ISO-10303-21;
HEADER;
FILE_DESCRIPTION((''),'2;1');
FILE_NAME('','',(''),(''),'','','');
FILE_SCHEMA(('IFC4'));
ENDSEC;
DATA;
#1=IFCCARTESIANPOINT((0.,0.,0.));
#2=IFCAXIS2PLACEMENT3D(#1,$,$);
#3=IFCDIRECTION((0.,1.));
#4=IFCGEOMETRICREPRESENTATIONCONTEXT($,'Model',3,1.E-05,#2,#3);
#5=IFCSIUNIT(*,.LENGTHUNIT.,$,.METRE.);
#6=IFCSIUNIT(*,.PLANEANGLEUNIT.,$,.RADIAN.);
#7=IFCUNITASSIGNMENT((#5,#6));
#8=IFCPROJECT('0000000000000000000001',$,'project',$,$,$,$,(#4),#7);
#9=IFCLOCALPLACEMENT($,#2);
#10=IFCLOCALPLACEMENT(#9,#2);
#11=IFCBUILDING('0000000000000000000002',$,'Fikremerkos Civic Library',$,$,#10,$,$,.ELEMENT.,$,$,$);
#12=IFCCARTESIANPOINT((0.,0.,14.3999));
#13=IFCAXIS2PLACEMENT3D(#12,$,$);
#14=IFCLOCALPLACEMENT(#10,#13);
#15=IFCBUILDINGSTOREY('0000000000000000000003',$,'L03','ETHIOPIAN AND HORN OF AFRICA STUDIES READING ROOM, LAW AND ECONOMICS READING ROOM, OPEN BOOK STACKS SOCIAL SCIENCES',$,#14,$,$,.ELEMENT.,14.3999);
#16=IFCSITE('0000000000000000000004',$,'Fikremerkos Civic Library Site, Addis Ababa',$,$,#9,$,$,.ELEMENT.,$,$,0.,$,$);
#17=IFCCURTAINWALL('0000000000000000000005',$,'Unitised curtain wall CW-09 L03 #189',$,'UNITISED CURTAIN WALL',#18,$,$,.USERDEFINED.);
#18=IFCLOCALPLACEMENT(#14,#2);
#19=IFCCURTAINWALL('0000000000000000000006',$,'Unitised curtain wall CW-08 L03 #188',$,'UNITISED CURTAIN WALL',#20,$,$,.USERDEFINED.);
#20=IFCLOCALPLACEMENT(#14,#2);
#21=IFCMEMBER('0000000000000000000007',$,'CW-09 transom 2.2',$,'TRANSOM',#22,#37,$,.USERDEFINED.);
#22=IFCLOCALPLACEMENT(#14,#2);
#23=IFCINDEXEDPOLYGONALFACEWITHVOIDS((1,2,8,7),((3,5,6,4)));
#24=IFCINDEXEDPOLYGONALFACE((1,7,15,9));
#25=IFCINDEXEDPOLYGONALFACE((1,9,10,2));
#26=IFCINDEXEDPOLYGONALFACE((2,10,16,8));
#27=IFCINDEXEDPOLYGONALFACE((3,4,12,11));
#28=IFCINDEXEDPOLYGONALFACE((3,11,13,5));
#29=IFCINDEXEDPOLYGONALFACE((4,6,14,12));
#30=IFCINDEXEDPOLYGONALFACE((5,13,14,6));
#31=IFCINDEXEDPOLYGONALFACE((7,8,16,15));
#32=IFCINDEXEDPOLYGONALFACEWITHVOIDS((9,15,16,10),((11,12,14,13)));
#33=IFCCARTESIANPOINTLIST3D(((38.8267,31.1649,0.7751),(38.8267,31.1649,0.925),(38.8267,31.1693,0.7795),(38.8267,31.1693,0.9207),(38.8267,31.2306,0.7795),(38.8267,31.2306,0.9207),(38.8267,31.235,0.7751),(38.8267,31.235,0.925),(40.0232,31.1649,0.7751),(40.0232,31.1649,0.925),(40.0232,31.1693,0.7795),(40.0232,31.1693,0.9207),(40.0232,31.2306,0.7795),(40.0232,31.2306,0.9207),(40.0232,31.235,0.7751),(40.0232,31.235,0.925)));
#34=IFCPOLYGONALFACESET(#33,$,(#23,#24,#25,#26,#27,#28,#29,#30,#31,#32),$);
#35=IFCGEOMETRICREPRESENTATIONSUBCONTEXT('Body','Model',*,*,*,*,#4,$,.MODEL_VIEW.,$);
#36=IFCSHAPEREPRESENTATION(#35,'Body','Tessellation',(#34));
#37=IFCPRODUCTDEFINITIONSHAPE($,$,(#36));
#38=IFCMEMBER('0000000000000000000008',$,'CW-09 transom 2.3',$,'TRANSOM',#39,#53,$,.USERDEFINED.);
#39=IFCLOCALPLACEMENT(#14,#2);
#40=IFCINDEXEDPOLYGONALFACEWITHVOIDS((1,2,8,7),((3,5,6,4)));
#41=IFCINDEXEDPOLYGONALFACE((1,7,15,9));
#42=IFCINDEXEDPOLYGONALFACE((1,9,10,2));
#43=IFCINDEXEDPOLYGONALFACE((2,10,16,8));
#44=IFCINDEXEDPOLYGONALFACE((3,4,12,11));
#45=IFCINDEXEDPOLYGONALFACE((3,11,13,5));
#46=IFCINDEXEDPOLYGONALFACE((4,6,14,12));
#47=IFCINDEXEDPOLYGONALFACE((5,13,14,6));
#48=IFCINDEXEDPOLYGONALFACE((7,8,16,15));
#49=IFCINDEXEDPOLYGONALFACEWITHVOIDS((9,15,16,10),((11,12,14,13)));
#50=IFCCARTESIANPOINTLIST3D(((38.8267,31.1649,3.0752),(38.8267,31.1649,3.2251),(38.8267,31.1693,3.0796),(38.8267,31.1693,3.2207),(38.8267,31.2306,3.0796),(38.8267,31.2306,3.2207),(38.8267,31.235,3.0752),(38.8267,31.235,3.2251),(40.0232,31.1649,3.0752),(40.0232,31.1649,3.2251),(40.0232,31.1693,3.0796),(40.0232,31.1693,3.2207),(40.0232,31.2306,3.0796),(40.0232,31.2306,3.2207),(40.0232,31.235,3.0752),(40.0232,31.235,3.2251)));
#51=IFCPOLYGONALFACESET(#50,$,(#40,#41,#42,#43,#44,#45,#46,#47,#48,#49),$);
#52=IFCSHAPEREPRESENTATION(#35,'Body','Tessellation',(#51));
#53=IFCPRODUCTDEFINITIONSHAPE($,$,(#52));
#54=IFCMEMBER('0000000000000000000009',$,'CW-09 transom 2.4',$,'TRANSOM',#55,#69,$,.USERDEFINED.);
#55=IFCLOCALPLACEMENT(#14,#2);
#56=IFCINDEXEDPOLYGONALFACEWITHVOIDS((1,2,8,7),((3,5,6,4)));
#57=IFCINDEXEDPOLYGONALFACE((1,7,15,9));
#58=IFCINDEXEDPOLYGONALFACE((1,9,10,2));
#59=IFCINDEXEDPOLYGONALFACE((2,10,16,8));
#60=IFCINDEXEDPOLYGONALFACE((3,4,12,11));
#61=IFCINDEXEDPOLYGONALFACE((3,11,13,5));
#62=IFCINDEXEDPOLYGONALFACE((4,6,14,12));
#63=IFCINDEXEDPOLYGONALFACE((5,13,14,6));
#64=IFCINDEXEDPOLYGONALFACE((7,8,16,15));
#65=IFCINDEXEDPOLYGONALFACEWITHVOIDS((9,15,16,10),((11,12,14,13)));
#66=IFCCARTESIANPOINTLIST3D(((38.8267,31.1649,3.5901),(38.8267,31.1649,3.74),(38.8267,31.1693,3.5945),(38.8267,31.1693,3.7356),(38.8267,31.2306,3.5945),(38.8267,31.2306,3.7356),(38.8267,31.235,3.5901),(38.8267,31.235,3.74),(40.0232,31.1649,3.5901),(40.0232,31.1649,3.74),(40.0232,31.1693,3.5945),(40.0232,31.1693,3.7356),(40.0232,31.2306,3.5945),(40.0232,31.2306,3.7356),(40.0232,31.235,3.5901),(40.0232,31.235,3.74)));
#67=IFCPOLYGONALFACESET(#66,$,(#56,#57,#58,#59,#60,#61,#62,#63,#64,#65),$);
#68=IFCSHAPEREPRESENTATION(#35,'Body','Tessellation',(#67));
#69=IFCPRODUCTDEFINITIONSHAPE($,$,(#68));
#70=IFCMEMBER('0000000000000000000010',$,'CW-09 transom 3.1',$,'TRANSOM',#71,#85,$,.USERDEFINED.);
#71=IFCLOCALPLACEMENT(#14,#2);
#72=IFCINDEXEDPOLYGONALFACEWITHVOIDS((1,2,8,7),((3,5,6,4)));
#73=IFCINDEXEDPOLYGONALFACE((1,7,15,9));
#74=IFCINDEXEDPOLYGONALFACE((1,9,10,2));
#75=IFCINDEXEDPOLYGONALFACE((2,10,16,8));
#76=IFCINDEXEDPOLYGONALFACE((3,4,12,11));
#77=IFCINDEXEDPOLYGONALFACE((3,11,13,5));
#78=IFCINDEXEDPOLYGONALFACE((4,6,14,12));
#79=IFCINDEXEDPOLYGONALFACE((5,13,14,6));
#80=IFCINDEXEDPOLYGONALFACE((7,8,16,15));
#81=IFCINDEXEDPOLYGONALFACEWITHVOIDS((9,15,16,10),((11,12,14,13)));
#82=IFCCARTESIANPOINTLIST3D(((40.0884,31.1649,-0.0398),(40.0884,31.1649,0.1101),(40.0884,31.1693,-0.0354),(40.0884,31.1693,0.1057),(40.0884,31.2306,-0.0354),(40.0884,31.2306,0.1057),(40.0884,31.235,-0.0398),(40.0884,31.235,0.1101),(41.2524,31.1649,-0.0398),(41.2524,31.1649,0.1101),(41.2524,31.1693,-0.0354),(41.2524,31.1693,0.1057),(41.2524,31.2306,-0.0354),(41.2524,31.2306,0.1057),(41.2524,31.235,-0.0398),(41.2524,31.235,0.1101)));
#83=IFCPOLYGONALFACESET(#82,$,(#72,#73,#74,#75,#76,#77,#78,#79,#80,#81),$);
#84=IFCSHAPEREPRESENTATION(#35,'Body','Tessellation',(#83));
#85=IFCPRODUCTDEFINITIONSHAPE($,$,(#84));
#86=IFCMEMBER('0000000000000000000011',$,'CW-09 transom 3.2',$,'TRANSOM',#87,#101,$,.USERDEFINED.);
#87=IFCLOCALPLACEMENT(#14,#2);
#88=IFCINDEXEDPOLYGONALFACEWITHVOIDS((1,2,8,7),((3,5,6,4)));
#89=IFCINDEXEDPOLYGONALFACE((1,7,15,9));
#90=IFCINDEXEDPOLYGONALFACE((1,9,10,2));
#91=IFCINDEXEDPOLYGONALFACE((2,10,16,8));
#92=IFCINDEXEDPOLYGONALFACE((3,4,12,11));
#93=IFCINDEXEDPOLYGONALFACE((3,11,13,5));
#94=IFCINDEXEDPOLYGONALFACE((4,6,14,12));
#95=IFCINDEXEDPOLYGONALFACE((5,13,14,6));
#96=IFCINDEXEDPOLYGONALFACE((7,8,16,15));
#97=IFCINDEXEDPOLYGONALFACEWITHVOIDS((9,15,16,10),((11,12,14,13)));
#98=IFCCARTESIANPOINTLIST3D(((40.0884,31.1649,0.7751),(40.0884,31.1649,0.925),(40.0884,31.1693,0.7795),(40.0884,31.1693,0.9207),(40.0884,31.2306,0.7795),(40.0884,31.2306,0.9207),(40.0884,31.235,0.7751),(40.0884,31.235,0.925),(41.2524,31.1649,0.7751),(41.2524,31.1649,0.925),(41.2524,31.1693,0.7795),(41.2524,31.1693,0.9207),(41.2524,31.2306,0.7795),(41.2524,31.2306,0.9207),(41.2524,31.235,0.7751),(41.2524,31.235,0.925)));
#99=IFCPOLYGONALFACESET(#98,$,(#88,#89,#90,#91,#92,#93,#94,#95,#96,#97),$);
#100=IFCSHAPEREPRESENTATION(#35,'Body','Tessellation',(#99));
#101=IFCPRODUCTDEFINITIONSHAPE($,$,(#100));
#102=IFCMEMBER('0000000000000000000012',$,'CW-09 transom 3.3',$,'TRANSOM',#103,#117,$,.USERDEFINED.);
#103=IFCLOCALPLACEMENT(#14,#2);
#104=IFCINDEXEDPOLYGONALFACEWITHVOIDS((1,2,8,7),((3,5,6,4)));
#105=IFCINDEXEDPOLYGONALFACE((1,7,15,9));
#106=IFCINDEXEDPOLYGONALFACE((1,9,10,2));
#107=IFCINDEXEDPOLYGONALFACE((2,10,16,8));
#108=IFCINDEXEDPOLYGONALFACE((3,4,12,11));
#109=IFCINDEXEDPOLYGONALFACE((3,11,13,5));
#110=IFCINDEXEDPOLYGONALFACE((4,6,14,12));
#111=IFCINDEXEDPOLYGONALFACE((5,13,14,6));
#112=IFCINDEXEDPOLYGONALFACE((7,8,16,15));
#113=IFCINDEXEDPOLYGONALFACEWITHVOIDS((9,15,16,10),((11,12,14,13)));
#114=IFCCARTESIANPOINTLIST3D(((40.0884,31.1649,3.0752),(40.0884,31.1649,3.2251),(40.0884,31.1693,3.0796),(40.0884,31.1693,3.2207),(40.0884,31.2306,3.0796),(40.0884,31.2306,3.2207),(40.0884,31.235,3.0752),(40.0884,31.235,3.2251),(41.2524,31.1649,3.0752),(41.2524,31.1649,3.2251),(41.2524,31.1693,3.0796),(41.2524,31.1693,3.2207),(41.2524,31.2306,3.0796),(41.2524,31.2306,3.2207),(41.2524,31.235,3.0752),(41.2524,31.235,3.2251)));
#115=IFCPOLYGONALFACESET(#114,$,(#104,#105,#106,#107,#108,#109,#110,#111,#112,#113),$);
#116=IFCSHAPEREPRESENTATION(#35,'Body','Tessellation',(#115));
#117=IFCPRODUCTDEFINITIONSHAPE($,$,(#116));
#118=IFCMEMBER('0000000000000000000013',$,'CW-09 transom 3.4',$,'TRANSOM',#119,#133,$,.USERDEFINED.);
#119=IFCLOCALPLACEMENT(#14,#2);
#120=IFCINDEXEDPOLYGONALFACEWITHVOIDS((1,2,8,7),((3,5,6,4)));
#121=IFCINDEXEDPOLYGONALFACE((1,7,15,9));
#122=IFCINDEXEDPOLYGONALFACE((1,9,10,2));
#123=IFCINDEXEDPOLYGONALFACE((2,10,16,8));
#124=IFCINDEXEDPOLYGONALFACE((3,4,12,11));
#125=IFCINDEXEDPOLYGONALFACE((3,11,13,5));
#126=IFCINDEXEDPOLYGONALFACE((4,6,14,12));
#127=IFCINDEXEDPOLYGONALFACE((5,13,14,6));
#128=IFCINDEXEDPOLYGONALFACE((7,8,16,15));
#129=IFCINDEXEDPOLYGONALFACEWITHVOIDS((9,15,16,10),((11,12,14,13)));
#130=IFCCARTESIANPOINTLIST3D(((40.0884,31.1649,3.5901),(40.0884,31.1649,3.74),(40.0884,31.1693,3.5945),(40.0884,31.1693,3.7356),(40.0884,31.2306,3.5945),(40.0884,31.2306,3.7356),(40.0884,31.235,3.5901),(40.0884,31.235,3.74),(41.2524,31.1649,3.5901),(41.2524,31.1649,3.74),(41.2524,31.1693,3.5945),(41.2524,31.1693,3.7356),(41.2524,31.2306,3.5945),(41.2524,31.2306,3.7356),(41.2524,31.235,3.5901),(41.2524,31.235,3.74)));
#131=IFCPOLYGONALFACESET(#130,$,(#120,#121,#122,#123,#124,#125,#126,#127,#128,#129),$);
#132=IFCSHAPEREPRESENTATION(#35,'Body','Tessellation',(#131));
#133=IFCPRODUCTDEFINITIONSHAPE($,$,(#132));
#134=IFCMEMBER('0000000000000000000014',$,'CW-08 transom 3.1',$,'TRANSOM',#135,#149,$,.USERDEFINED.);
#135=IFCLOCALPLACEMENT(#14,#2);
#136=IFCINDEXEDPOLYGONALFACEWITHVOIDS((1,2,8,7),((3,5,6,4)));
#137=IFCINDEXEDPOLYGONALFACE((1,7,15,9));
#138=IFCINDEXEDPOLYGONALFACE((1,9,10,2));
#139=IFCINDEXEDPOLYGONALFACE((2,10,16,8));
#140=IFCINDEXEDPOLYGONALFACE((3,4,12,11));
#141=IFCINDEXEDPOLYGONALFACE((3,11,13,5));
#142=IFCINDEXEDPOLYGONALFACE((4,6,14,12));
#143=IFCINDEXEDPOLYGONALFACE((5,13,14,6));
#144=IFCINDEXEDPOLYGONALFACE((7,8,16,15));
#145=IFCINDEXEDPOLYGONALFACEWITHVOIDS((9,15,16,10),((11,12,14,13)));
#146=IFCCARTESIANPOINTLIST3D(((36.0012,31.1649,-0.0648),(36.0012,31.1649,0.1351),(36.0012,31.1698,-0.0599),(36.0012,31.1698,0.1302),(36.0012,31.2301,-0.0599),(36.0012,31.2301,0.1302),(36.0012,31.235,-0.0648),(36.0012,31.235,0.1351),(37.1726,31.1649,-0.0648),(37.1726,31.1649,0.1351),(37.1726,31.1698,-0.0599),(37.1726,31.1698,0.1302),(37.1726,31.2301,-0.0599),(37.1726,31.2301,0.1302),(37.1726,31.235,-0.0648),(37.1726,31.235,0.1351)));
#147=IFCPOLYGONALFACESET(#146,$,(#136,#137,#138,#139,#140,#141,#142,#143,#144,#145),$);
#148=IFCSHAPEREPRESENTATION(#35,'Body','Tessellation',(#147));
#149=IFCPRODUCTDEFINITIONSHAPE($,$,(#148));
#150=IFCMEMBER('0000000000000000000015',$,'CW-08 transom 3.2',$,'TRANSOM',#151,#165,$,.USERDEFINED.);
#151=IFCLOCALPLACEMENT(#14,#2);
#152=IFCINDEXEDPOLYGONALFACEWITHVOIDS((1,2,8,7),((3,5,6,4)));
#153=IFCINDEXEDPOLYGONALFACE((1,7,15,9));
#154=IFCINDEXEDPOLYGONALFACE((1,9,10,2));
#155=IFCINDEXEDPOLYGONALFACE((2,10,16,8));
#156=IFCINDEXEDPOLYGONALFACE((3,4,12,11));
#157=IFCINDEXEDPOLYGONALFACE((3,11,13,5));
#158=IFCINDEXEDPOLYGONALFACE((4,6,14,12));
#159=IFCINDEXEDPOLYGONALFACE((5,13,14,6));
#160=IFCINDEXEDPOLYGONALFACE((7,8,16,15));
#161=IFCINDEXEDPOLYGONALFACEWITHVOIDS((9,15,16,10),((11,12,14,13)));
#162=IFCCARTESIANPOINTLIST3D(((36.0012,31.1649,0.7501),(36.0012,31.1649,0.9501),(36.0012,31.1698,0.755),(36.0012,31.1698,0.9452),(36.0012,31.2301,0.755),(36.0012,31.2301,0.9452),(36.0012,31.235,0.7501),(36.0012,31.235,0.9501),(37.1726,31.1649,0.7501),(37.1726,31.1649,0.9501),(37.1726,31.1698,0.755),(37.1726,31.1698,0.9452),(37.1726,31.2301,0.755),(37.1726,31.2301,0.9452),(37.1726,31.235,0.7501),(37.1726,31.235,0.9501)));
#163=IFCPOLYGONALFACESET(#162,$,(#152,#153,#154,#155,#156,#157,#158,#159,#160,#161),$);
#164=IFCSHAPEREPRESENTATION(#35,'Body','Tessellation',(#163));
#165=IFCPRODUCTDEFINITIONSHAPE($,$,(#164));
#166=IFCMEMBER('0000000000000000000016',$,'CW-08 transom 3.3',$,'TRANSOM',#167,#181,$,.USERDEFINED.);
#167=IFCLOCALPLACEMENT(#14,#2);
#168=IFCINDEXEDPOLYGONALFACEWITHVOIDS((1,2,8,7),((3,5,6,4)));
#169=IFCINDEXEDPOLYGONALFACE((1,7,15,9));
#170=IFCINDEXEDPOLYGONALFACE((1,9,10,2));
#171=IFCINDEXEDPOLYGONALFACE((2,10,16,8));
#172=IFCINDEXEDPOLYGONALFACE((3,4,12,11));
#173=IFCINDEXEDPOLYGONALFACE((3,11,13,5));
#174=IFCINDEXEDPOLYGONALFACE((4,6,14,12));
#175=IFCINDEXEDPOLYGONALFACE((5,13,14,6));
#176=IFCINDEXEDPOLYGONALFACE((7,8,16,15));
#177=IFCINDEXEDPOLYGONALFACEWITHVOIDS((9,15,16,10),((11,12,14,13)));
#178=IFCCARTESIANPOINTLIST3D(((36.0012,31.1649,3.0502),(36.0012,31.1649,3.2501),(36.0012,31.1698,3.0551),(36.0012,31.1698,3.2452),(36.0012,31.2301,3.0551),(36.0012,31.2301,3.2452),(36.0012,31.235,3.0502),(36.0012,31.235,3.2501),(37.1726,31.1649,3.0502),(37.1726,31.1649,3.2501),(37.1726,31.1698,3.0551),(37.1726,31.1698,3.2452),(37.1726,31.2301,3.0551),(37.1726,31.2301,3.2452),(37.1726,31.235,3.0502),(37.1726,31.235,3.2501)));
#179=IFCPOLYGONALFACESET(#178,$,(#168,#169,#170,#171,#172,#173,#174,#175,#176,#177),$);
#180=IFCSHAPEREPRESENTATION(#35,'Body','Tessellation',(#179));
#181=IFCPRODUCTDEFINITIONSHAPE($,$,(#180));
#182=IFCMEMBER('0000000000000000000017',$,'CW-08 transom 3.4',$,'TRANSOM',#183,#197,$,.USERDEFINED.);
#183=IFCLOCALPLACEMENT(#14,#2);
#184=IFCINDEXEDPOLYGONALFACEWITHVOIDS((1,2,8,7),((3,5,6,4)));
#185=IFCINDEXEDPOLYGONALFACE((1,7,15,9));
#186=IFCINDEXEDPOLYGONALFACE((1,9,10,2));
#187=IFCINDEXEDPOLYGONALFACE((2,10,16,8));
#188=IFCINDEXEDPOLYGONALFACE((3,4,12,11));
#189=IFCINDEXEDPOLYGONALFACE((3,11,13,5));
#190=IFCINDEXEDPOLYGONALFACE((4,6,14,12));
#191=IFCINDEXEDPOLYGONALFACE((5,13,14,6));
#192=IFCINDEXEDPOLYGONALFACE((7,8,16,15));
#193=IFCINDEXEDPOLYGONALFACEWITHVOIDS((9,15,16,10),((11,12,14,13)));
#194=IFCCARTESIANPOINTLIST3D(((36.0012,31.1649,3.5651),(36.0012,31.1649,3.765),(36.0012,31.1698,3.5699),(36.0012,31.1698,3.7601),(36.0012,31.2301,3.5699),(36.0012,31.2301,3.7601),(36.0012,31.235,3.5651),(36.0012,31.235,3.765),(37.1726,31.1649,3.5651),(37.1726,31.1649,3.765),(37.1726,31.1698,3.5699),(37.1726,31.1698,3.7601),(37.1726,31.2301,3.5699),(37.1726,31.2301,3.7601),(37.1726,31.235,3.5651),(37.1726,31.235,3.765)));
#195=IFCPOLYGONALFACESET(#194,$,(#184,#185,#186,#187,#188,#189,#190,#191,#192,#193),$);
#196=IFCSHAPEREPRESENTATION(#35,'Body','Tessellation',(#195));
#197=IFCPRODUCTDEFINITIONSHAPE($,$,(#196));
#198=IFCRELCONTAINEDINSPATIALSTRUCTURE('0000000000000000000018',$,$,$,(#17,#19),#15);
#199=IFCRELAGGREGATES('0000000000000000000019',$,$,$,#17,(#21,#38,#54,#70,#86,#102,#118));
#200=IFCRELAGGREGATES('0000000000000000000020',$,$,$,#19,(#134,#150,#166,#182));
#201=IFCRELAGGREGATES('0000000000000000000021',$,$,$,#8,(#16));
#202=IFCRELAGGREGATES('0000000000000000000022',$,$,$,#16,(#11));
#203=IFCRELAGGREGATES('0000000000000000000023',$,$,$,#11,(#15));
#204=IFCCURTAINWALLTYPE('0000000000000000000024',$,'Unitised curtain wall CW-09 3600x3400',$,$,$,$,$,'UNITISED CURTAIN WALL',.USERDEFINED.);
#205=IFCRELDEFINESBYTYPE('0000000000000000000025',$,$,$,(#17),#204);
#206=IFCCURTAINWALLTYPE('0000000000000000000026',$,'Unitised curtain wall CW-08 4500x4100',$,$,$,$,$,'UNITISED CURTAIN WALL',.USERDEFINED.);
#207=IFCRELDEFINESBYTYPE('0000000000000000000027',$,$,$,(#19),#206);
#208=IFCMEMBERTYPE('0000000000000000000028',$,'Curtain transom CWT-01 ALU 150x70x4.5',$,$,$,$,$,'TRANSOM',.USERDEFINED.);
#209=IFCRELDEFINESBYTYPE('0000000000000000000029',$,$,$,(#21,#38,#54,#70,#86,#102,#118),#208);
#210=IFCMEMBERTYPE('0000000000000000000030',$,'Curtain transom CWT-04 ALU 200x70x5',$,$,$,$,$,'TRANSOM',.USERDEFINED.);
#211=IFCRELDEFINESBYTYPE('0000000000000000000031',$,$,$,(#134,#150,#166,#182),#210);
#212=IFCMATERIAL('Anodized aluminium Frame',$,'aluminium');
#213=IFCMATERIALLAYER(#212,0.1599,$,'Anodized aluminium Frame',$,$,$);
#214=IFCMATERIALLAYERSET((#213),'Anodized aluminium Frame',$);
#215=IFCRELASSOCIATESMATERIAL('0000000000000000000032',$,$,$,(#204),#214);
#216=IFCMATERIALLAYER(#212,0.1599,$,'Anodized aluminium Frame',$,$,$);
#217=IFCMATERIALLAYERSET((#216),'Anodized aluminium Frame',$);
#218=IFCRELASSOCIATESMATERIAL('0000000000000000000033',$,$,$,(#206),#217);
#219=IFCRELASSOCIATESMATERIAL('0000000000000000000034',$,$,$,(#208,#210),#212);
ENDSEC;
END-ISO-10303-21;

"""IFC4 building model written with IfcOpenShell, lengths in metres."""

from ifc_helpers import new_model, si_unit, direction, frame, origin, origin_2d, place, context, subcontext, project, spatial, hollow_rectangle, extrude, material, layer, layer_set, material_profile, profile_set, type_object, element, aggregate, save


model = new_model("IFC4")

# Units and contexts
model_context = context("Model", 3, precision=1e-05, world=origin(), true_north=direction((0.0, 1.0)))
body_context = subcontext(model_context, "Body", "Model", "MODEL_VIEW")
ifc_project = project(units=[si_unit("LENGTHUNIT", "METRE"), si_unit("PLANEANGLEUNIT", "RADIAN")], contexts=[model_context])

# Site, building, storey
site_placement = place(None, origin())
site = spatial("IfcSite", under=ifc_project, at=site_placement, Name="Fikremerkos Civic Library Site, Addis Ababa", CompositionType="ELEMENT", RefElevation=0.0)
building_placement = place(site_placement, origin())
building = spatial("IfcBuilding", under=site, at=building_placement, Name="Fikremerkos Civic Library", CompositionType="ELEMENT")
storey_placement = place(building_placement, frame((0.0, 0.0, 14.3999)))
storey = spatial("IfcBuildingStorey", under=building, at=storey_placement, Name="L03", Description="ETHIOPIAN AND HORN OF AFRICA STUDIES READING ROOM, LAW AND ECONOMICS READING ROOM, OPEN BOOK STACKS SOCIAL SCIENCES", CompositionType="ELEMENT", Elevation=14.3999)

# Curtain walls
ifc_material_1 = material(Name="Anodized aluminium Frame", Category="aluminium")
ifc_layer_1 = layer(ifc_material_1, 0.1599, Name="Anodized aluminium Frame")
ifc_layer_set_1 = layer_set([ifc_layer_1], Name="Anodized aluminium Frame")
curtain_wall_type_1 = type_object("IfcCurtainWallType", Name="Unitised curtain wall CW-09 3600x3400", ElementType="UNITISED CURTAIN WALL", PredefinedType="USERDEFINED", material=ifc_layer_set_1)
curtain_wall_1_placement = place(storey_placement, origin())
curtain_wall_1 = element("IfcCurtainWall", 1, at=curtain_wall_1_placement, inside=storey, type_object=curtain_wall_type_1, Name="Unitised curtain wall CW-09 L03 #189", ObjectType="UNITISED CURTAIN WALL", PredefinedType="USERDEFINED")
ifc_layer_2 = layer(ifc_material_1, 0.1599, Name="Anodized aluminium Frame")
ifc_layer_set_2 = layer_set([ifc_layer_2], Name="Anodized aluminium Frame")
curtain_wall_type_2 = type_object("IfcCurtainWallType", Name="Unitised curtain wall CW-08 4500x4100", ElementType="UNITISED CURTAIN WALL", PredefinedType="USERDEFINED", material=ifc_layer_set_2)
curtain_wall_2_placement = place(storey_placement, origin())
curtain_wall_2 = element("IfcCurtainWall", 2, at=curtain_wall_2_placement, inside=storey, type_object=curtain_wall_type_2, Name="Unitised curtain wall CW-08 L03 #188", ObjectType="UNITISED CURTAIN WALL", PredefinedType="USERDEFINED")

# Members
ifc_material_profile_1 = material_profile(ifc_material_1, hollow_rectangle(XDim=0.0701, YDim=0.1499, WallThickness=0.0044, at=origin_2d()), Name="ALU 150x70x4.5")
ifc_profile_set_1 = profile_set([ifc_material_profile_1], Name="Anodized aluminium Frame")
member_type_1 = type_object("IfcMemberType", Name="Curtain transom CWT-01 ALU 150x70x4.5", ElementType="TRANSOM", PredefinedType="USERDEFINED", material=ifc_profile_set_1)
member_1_placement = place(storey_placement, frame((38.8267, 31.2, 0.8501), z_axis=(1.0, 0.0, 0.0), x_axis=(0.0, 1.0, 0.0)))
member_1 = element("IfcMember", 3, at=member_1_placement, type_object=member_type_1, Name="CW-09 transom 2.2", ObjectType="TRANSOM", PredefinedType="USERDEFINED", context=body_context, shape_type="SweptSolid", body=[
    extrude(hollow_rectangle(XDim=0.0701, YDim=0.1499, WallThickness=0.0044, at=origin_2d()), origin(), (0.0, 0.0, 1.0), 1.1965),
])
member_2_placement = place(storey_placement, frame((38.8267, 31.2, 3.1501), z_axis=(1.0, 0.0, 0.0), x_axis=(0.0, 1.0, 0.0)))
member_2 = element("IfcMember", 4, at=member_2_placement, type_object=member_type_1, Name="CW-09 transom 2.3", ObjectType="TRANSOM", PredefinedType="USERDEFINED", context=body_context, shape_type="SweptSolid", body=[
    extrude(hollow_rectangle(XDim=0.0701, YDim=0.1499, WallThickness=0.0044, at=origin_2d()), origin(), (0.0, 0.0, 1.0), 1.1965),
])
member_3_placement = place(storey_placement, frame((38.8267, 31.2, 3.665), z_axis=(1.0, 0.0, 0.0), x_axis=(0.0, 1.0, 0.0)))
member_3 = element("IfcMember", 5, at=member_3_placement, type_object=member_type_1, Name="CW-09 transom 2.4", ObjectType="TRANSOM", PredefinedType="USERDEFINED", context=body_context, shape_type="SweptSolid", body=[
    extrude(hollow_rectangle(XDim=0.0701, YDim=0.1499, WallThickness=0.0044, at=origin_2d()), origin(), (0.0, 0.0, 1.0), 1.1965),
])
member_4_placement = place(storey_placement, frame((40.0884, 31.2, 0.0352), z_axis=(1.0, 0.0, 0.0), x_axis=(0.0, 1.0, 0.0)))
member_4 = element("IfcMember", 6, at=member_4_placement, type_object=member_type_1, Name="CW-09 transom 3.1", ObjectType="TRANSOM", PredefinedType="USERDEFINED", context=body_context, shape_type="SweptSolid", body=[
    extrude(hollow_rectangle(XDim=0.0701, YDim=0.1499, WallThickness=0.0044, at=origin_2d()), origin(), (0.0, 0.0, 1.0), 1.1641),
])
member_5_placement = place(storey_placement, frame((40.0884, 31.2, 0.8501), z_axis=(1.0, 0.0, 0.0), x_axis=(0.0, 1.0, 0.0)))
member_5 = element("IfcMember", 7, at=member_5_placement, type_object=member_type_1, Name="CW-09 transom 3.2", ObjectType="TRANSOM", PredefinedType="USERDEFINED", context=body_context, shape_type="SweptSolid", body=[
    extrude(hollow_rectangle(XDim=0.0701, YDim=0.1499, WallThickness=0.0044, at=origin_2d()), origin(), (0.0, 0.0, 1.0), 1.1641),
])
member_6_placement = place(storey_placement, frame((40.0884, 31.2, 3.1501), z_axis=(1.0, 0.0, 0.0), x_axis=(0.0, 1.0, 0.0)))
member_6 = element("IfcMember", 8, at=member_6_placement, type_object=member_type_1, Name="CW-09 transom 3.3", ObjectType="TRANSOM", PredefinedType="USERDEFINED", context=body_context, shape_type="SweptSolid", body=[
    extrude(hollow_rectangle(XDim=0.0701, YDim=0.1499, WallThickness=0.0044, at=origin_2d()), origin(), (0.0, 0.0, 1.0), 1.1641),
])
member_7_placement = place(storey_placement, frame((40.0884, 31.2, 3.665), z_axis=(1.0, 0.0, 0.0), x_axis=(0.0, 1.0, 0.0)))
member_7 = element("IfcMember", 9, at=member_7_placement, type_object=member_type_1, Name="CW-09 transom 3.4", ObjectType="TRANSOM", PredefinedType="USERDEFINED", context=body_context, shape_type="SweptSolid", body=[
    extrude(hollow_rectangle(XDim=0.0701, YDim=0.1499, WallThickness=0.0044, at=origin_2d()), origin(), (0.0, 0.0, 1.0), 1.1641),
])
ifc_material_profile_2 = material_profile(ifc_material_1, hollow_rectangle(XDim=0.0701, YDim=0.2, WallThickness=0.0049, at=origin_2d()), Name="ALU 200x70x5")
ifc_profile_set_2 = profile_set([ifc_material_profile_2], Name="Anodized aluminium Frame")
member_type_2 = type_object("IfcMemberType", Name="Curtain transom CWT-04 ALU 200x70x5", ElementType="TRANSOM", PredefinedType="USERDEFINED", material=ifc_profile_set_2)
member_8_placement = place(storey_placement, frame((36.0012, 31.2, 0.0352), z_axis=(1.0, 0.0, 0.0), x_axis=(0.0, 1.0, 0.0)))
member_8 = element("IfcMember", 10, at=member_8_placement, type_object=member_type_2, Name="CW-08 transom 3.1", ObjectType="TRANSOM", PredefinedType="USERDEFINED", context=body_context, shape_type="SweptSolid", body=[
    extrude(hollow_rectangle(XDim=0.0701, YDim=0.2, WallThickness=0.0049, at=origin_2d()), origin(), (0.0, 0.0, 1.0), 1.1714),
])
member_9_placement = place(storey_placement, frame((36.0012, 31.2, 0.8501), z_axis=(1.0, 0.0, 0.0), x_axis=(0.0, 1.0, 0.0)))
member_9 = element("IfcMember", 11, at=member_9_placement, type_object=member_type_2, Name="CW-08 transom 3.2", ObjectType="TRANSOM", PredefinedType="USERDEFINED", context=body_context, shape_type="SweptSolid", body=[
    extrude(hollow_rectangle(XDim=0.0701, YDim=0.2, WallThickness=0.0049, at=origin_2d()), origin(), (0.0, 0.0, 1.0), 1.1714),
])
member_10_placement = place(storey_placement, frame((36.0012, 31.2, 3.1501), z_axis=(1.0, 0.0, 0.0), x_axis=(0.0, 1.0, 0.0)))
member_10 = element("IfcMember", 12, at=member_10_placement, type_object=member_type_2, Name="CW-08 transom 3.3", ObjectType="TRANSOM", PredefinedType="USERDEFINED", context=body_context, shape_type="SweptSolid", body=[
    extrude(hollow_rectangle(XDim=0.0701, YDim=0.2, WallThickness=0.0049, at=origin_2d()), origin(), (0.0, 0.0, 1.0), 1.1714),
])
member_11_placement = place(storey_placement, frame((36.0012, 31.2, 3.665), z_axis=(1.0, 0.0, 0.0), x_axis=(0.0, 1.0, 0.0)))
member_11 = element("IfcMember", 13, at=member_11_placement, type_object=member_type_2, Name="CW-08 transom 3.4", ObjectType="TRANSOM", PredefinedType="USERDEFINED", context=body_context, shape_type="SweptSolid", body=[
    extrude(hollow_rectangle(XDim=0.0701, YDim=0.2, WallThickness=0.0049, at=origin_2d()), origin(), (0.0, 0.0, 1.0), 1.1714),
])

aggregate(curtain_wall_1, [member_1, member_2, member_3, member_4, member_5, member_6, member_7])
aggregate(curtain_wall_2, [member_8, member_9, member_10, member_11])

save(model, "model.ifc")
